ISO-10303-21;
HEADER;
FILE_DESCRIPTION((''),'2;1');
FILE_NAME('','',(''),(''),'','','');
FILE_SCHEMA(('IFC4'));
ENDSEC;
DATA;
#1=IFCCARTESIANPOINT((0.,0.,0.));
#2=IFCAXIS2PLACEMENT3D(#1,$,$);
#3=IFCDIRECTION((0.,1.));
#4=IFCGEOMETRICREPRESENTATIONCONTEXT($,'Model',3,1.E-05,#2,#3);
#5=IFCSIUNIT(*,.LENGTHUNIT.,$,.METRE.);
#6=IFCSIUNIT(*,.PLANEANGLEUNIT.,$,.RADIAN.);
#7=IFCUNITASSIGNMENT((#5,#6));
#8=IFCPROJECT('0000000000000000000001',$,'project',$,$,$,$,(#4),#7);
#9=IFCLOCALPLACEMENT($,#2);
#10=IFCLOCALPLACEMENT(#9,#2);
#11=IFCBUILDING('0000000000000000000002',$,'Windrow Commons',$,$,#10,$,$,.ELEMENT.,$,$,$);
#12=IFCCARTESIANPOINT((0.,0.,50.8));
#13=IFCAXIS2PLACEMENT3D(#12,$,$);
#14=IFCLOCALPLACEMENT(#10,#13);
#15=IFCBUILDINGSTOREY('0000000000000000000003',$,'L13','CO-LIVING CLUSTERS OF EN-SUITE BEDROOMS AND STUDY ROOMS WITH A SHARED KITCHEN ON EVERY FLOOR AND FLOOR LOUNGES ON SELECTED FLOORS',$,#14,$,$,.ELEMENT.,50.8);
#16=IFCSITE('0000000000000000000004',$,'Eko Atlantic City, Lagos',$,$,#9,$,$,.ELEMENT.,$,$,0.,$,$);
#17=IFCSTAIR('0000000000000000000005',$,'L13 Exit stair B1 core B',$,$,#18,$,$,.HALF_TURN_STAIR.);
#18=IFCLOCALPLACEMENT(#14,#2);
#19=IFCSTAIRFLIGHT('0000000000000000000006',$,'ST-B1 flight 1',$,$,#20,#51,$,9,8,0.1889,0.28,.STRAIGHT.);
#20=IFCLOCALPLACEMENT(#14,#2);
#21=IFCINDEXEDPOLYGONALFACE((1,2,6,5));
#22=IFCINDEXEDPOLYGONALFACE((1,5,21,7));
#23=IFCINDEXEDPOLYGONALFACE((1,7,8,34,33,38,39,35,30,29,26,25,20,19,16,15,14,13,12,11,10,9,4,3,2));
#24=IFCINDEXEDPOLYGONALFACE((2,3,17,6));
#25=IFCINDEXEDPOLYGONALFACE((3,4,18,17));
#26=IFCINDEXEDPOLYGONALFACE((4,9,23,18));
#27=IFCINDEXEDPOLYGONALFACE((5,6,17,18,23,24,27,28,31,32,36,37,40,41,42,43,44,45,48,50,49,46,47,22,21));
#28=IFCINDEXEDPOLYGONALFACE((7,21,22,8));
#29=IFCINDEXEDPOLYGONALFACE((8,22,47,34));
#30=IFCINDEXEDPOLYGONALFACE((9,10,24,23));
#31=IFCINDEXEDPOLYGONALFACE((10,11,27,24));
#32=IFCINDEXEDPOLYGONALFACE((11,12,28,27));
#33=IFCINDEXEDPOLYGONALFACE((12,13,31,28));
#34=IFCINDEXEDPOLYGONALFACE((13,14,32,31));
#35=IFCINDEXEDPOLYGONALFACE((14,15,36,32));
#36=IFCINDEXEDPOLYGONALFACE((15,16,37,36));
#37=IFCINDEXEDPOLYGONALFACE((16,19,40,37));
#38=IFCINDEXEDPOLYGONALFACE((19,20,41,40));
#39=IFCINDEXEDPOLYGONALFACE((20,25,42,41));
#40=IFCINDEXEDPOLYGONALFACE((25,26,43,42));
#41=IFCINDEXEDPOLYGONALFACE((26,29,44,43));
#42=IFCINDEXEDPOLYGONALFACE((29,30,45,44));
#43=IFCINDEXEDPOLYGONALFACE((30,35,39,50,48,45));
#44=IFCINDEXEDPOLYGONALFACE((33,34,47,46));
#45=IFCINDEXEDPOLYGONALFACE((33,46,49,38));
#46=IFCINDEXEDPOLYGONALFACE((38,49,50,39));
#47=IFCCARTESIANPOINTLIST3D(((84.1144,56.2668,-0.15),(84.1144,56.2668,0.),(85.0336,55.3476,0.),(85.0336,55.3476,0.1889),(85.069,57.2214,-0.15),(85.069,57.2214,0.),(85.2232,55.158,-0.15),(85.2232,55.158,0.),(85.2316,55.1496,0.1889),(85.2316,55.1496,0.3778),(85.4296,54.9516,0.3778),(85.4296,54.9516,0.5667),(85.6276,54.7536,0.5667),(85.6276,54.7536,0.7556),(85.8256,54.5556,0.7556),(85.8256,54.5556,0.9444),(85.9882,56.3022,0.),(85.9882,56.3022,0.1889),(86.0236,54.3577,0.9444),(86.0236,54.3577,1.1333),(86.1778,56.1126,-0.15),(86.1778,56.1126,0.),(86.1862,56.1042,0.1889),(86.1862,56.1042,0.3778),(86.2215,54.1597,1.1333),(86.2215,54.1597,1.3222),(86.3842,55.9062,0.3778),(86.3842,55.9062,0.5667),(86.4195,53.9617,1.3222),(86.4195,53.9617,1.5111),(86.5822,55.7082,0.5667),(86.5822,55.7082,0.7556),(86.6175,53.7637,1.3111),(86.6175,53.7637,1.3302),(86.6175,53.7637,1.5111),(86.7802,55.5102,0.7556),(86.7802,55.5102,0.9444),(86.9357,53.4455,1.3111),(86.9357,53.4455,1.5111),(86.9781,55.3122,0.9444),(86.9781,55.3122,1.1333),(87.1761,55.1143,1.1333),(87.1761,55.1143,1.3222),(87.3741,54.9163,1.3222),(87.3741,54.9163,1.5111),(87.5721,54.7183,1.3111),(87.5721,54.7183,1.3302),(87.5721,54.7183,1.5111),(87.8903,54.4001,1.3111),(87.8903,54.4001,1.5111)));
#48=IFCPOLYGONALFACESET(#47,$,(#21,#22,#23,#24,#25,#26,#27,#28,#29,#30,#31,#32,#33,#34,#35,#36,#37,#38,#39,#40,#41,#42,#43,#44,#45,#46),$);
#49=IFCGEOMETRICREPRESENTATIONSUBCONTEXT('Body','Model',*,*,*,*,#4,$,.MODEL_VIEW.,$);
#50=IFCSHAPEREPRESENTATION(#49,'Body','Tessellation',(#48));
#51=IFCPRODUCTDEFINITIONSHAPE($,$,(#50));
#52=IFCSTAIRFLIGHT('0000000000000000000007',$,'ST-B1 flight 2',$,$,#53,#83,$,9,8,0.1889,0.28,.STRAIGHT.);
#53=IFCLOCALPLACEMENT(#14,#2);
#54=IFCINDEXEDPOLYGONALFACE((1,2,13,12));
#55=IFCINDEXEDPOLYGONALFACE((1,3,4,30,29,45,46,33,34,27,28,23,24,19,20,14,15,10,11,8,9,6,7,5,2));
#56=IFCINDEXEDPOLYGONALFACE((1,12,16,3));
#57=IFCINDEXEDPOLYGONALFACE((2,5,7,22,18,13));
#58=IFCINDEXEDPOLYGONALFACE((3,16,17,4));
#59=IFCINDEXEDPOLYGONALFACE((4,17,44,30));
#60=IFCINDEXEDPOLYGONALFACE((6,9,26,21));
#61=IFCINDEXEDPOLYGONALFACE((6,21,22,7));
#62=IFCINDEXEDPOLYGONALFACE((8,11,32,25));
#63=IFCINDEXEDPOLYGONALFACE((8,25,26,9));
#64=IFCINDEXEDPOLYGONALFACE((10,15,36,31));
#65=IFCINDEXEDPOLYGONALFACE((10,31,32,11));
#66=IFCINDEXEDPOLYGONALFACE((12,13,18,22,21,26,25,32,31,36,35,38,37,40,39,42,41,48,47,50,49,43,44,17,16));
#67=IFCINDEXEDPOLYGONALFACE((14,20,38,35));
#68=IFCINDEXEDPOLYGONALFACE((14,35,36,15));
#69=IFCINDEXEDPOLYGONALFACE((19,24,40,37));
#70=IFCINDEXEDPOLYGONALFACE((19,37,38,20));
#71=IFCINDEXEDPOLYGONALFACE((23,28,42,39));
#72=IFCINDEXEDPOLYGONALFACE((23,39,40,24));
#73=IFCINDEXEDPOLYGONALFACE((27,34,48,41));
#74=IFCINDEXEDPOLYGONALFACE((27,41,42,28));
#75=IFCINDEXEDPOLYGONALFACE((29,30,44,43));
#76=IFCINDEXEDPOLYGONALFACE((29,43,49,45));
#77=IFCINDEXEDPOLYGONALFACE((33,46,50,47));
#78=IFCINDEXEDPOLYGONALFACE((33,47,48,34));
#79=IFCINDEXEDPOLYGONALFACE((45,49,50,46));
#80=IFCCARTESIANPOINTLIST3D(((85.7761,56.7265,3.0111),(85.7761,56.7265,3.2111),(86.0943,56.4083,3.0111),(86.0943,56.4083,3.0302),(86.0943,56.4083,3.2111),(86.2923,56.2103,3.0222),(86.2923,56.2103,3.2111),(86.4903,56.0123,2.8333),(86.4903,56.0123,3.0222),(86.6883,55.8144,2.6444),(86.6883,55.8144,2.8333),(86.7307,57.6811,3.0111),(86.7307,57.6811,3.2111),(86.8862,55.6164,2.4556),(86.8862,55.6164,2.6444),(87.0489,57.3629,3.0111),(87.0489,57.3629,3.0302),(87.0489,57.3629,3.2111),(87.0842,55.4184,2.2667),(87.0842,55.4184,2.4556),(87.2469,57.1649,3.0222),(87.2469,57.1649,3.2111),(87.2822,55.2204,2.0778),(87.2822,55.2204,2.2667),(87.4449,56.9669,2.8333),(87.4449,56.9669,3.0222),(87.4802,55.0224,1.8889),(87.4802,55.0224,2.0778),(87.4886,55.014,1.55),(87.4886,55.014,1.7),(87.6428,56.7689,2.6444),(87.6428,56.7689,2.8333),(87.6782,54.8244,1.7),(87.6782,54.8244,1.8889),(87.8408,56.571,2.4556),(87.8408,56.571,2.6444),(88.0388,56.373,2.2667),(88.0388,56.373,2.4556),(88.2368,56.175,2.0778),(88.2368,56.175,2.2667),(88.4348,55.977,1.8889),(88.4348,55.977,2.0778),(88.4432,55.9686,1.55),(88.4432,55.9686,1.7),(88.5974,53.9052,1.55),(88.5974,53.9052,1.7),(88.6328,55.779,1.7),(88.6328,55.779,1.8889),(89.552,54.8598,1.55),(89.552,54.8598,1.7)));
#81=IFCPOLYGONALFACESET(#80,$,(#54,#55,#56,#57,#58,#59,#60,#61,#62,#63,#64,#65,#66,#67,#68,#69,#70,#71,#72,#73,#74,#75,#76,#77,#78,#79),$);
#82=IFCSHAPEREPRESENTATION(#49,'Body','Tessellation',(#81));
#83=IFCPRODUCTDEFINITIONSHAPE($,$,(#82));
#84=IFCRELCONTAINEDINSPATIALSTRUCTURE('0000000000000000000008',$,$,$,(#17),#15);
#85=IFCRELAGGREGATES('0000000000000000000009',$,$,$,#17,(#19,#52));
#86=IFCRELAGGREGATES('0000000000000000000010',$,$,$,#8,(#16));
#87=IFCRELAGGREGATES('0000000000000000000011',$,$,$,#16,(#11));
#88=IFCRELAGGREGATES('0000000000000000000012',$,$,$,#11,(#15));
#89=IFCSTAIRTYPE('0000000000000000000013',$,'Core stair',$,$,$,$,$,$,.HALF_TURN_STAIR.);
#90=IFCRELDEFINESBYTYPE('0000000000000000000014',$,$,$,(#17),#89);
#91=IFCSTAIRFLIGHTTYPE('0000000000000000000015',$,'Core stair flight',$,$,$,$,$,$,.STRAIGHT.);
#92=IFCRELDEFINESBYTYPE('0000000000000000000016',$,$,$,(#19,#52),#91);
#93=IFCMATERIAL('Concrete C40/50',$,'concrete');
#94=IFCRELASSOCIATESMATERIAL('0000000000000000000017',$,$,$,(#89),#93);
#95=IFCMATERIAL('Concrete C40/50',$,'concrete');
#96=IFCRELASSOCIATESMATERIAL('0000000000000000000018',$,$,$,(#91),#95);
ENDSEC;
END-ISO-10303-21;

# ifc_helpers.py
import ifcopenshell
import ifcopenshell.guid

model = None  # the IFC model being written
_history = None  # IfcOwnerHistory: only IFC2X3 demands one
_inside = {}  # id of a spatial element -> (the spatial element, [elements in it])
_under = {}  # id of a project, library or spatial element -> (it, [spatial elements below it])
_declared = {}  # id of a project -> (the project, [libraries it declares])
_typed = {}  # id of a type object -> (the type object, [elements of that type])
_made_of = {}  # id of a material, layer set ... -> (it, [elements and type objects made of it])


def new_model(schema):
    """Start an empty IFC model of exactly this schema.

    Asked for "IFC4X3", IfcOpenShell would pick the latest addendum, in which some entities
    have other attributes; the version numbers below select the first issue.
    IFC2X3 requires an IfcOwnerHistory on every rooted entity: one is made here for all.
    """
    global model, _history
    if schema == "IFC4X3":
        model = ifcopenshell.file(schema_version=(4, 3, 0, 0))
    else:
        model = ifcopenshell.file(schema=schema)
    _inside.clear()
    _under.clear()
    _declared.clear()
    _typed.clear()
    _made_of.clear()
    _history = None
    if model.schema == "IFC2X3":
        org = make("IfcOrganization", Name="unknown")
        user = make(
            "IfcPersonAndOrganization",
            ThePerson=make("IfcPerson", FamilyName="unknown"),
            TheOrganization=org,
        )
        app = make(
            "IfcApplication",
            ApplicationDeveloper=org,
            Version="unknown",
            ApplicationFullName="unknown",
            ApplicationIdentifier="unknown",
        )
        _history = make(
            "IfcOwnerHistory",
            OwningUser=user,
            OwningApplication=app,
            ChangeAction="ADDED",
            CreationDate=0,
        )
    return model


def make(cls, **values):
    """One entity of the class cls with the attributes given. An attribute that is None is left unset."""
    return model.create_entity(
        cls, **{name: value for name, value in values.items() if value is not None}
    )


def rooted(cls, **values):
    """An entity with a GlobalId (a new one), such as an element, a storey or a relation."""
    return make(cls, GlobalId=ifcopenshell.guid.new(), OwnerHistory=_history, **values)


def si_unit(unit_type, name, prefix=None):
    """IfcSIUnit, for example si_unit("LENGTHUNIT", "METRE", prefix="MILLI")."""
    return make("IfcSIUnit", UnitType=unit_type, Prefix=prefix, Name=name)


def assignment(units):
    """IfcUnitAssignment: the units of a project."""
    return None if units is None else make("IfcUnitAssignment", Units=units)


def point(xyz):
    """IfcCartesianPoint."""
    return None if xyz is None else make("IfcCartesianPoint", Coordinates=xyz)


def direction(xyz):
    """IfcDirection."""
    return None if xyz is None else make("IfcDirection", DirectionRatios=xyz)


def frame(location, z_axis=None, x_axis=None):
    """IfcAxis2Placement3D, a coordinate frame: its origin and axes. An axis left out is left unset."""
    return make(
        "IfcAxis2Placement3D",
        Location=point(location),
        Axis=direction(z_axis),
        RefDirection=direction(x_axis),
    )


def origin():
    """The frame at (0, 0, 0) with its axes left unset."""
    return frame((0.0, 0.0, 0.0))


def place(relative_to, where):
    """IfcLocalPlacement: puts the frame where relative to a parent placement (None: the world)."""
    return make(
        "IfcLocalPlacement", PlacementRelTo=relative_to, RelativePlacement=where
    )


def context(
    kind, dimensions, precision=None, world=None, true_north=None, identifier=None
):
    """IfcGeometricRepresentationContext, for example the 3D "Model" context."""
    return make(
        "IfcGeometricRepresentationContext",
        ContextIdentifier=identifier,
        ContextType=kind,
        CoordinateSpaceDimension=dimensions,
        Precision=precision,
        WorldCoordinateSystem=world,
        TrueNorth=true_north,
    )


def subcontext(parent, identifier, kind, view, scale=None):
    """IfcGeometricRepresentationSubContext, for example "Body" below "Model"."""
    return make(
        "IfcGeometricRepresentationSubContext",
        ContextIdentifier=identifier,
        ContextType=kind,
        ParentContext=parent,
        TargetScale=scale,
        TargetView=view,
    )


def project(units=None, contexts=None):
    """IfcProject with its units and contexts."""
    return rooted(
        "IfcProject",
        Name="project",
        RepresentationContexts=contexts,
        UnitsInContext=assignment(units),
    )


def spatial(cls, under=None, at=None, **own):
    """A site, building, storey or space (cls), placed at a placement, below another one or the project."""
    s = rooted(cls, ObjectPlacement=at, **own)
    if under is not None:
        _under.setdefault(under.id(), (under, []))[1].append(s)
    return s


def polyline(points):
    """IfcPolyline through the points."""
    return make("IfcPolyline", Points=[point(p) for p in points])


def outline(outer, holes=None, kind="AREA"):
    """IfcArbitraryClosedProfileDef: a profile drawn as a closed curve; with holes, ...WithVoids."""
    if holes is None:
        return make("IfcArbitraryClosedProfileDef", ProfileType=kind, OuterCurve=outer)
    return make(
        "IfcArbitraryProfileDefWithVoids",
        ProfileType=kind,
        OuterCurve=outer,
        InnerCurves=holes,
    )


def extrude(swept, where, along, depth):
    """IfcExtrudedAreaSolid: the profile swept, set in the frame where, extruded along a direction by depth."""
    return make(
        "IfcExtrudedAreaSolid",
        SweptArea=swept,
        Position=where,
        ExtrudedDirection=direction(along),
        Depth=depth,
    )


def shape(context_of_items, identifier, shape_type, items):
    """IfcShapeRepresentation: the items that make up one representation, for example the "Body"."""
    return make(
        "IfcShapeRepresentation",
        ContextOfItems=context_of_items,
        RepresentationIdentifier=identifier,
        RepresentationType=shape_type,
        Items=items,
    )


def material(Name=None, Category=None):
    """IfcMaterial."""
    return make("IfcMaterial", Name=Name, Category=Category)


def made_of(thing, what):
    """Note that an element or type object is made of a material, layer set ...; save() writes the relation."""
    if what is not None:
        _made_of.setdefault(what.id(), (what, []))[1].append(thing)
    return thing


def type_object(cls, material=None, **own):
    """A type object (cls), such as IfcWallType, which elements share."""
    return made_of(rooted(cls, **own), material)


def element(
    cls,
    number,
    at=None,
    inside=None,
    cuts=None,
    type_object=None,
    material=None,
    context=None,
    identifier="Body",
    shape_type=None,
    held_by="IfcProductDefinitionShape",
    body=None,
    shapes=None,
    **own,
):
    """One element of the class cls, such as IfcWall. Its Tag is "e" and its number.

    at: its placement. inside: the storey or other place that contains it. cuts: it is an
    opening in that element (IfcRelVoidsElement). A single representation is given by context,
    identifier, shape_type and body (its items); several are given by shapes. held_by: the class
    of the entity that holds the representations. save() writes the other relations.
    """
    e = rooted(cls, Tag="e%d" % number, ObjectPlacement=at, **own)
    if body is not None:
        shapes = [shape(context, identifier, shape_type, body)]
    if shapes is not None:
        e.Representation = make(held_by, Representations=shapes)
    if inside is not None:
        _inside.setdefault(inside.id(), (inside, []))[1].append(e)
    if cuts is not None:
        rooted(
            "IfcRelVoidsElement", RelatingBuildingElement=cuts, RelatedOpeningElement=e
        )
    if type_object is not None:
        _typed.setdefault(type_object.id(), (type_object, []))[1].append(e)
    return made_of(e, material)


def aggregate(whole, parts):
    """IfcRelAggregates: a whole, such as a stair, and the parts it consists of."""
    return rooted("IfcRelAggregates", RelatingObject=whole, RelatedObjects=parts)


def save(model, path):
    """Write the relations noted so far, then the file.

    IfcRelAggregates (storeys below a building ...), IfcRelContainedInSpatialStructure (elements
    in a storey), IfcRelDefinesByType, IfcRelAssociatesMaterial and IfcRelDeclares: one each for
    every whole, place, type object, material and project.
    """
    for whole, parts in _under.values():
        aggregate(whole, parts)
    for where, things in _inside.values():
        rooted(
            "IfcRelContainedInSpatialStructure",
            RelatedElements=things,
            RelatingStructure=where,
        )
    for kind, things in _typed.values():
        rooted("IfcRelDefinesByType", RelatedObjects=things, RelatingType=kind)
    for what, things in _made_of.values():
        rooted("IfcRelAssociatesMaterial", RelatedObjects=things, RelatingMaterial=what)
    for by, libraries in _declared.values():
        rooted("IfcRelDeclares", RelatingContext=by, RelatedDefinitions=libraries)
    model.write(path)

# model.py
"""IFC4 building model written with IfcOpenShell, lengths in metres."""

from ifc_helpers import new_model, si_unit, direction, frame, origin, place, context, subcontext, project, spatial, polyline, outline, extrude, material, type_object, element, aggregate, save


model = new_model("IFC4")

# Units and contexts
model_context = context("Model", 3, precision=1e-05, world=origin(), true_north=direction((0.0, 1.0)))
body_context = subcontext(model_context, "Body", "Model", "MODEL_VIEW")
ifc_project = project(units=[si_unit("LENGTHUNIT", "METRE"), si_unit("PLANEANGLEUNIT", "RADIAN")], contexts=[model_context])

# Site, building, storey
site_placement = place(None, origin())
site = spatial("IfcSite", under=ifc_project, at=site_placement, Name="Eko Atlantic City, Lagos", CompositionType="ELEMENT", RefElevation=0.0)
building_placement = place(site_placement, origin())
building = spatial("IfcBuilding", under=site, at=building_placement, Name="Windrow Commons", CompositionType="ELEMENT")
storey_placement = place(building_placement, frame((0.0, 0.0, 50.8)))
storey = spatial("IfcBuildingStorey", under=building, at=storey_placement, Name="L13", Description="CO-LIVING CLUSTERS OF EN-SUITE BEDROOMS AND STUDY ROOMS WITH A SHARED KITCHEN ON EVERY FLOOR AND FLOOR LOUNGES ON SELECTED FLOORS", CompositionType="ELEMENT", Elevation=50.8)

# Stair, stair flights
ifc_material_1 = material(Name="Concrete C40/50", Category="concrete")
stair_type = type_object("IfcStairType", Name="Core stair", PredefinedType="HALF_TURN_STAIR", material=ifc_material_1)
stair_placement = place(storey_placement, origin())
stair = element("IfcStair", 1, at=stair_placement, inside=storey, type_object=stair_type, Name="L13 Exit stair B1 core B", PredefinedType="HALF_TURN_STAIR")
ifc_material_2 = material(Name="Concrete C40/50", Category="concrete")
stair_flight_type = type_object("IfcStairFlightType", Name="Core stair flight", PredefinedType="STRAIGHT", material=ifc_material_2)
stair_flight_1_placement = place(storey_placement, frame((85.5109, 55.8249, 0.0), z_axis=(0.0, 0.0, 1.0), x_axis=(0.707107, -0.707107, 0.0)))
stair_flight_1 = element("IfcStairFlight", 2, at=stair_flight_1_placement, type_object=stair_flight_type, Name="ST-B1 flight 1", NumberOfRisers=9, NumberOfTreads=8, PredefinedType="STRAIGHT", RiserHeight=0.1889, TreadLength=0.28, context=body_context, shape_type="SweptSolid", body=[
    extrude(outline(polyline([(-1.3, -0.15), (-1.3, 0.0), (0.0, 0.0), (0.0, 0.1889), (0.28, 0.1889), (0.28, 0.3778), (0.56, 0.3778), (0.56, 0.5667), (0.84, 0.5667), (0.84, 0.7556), (1.12, 0.7556), (1.12, 0.9444), (1.4, 0.9444), (1.4, 1.1333), (1.68, 1.1333), (1.68, 1.3222), (1.96, 1.3222), (1.96, 1.5111), (2.24, 1.5111), (2.69, 1.5111), (2.69, 1.3111), (2.24, 1.3111), (2.24, 1.3302), (0.2682, 0.0), (0.2682, -0.15), (-1.3, -0.15)])), frame((0.0, 0.675, 0.0), z_axis=(0.0, -1.0, 0.0), x_axis=(1.0, 0.0, 0.0)), (0.0, 0.0, 1.0), 1.35),
])
stair_flight_2_placement = place(storey_placement, frame((88.1555, 55.3017, 1.7), z_axis=(0.0, 0.0, 1.0), x_axis=(-0.707107, 0.707107, 0.0)))
stair_flight_2 = element("IfcStairFlight", 3, at=stair_flight_2_placement, type_object=stair_flight_type, Name="ST-B1 flight 2", NumberOfRisers=9, NumberOfTreads=8, PredefinedType="STRAIGHT", RiserHeight=0.1889, TreadLength=0.28, context=body_context, shape_type="SweptSolid", body=[
    extrude(outline(polyline([(-1.3, -0.15), (-1.3, 0.0), (0.0, 0.0), (0.0, 0.1889), (0.28, 0.1889), (0.28, 0.3778), (0.56, 0.3778), (0.56, 0.5667), (0.84, 0.5667), (0.84, 0.7556), (1.12, 0.7556), (1.12, 0.9444), (1.4, 0.9444), (1.4, 1.1333), (1.68, 1.1333), (1.68, 1.3222), (1.96, 1.3222), (1.96, 1.5111), (2.24, 1.5111), (2.69, 1.5111), (2.69, 1.3111), (2.24, 1.3111), (2.24, 1.3302), (0.2682, 0.0), (0.2682, -0.15), (-1.3, -0.15)])), frame((0.0, 0.675, 0.0), z_axis=(0.0, -1.0, 0.0), x_axis=(1.0, 0.0, 0.0)), (0.0, 0.0, 1.0), 1.35),
])
aggregate(stair, [stair_flight_1, stair_flight_2])

save(model, "model.ifc")
